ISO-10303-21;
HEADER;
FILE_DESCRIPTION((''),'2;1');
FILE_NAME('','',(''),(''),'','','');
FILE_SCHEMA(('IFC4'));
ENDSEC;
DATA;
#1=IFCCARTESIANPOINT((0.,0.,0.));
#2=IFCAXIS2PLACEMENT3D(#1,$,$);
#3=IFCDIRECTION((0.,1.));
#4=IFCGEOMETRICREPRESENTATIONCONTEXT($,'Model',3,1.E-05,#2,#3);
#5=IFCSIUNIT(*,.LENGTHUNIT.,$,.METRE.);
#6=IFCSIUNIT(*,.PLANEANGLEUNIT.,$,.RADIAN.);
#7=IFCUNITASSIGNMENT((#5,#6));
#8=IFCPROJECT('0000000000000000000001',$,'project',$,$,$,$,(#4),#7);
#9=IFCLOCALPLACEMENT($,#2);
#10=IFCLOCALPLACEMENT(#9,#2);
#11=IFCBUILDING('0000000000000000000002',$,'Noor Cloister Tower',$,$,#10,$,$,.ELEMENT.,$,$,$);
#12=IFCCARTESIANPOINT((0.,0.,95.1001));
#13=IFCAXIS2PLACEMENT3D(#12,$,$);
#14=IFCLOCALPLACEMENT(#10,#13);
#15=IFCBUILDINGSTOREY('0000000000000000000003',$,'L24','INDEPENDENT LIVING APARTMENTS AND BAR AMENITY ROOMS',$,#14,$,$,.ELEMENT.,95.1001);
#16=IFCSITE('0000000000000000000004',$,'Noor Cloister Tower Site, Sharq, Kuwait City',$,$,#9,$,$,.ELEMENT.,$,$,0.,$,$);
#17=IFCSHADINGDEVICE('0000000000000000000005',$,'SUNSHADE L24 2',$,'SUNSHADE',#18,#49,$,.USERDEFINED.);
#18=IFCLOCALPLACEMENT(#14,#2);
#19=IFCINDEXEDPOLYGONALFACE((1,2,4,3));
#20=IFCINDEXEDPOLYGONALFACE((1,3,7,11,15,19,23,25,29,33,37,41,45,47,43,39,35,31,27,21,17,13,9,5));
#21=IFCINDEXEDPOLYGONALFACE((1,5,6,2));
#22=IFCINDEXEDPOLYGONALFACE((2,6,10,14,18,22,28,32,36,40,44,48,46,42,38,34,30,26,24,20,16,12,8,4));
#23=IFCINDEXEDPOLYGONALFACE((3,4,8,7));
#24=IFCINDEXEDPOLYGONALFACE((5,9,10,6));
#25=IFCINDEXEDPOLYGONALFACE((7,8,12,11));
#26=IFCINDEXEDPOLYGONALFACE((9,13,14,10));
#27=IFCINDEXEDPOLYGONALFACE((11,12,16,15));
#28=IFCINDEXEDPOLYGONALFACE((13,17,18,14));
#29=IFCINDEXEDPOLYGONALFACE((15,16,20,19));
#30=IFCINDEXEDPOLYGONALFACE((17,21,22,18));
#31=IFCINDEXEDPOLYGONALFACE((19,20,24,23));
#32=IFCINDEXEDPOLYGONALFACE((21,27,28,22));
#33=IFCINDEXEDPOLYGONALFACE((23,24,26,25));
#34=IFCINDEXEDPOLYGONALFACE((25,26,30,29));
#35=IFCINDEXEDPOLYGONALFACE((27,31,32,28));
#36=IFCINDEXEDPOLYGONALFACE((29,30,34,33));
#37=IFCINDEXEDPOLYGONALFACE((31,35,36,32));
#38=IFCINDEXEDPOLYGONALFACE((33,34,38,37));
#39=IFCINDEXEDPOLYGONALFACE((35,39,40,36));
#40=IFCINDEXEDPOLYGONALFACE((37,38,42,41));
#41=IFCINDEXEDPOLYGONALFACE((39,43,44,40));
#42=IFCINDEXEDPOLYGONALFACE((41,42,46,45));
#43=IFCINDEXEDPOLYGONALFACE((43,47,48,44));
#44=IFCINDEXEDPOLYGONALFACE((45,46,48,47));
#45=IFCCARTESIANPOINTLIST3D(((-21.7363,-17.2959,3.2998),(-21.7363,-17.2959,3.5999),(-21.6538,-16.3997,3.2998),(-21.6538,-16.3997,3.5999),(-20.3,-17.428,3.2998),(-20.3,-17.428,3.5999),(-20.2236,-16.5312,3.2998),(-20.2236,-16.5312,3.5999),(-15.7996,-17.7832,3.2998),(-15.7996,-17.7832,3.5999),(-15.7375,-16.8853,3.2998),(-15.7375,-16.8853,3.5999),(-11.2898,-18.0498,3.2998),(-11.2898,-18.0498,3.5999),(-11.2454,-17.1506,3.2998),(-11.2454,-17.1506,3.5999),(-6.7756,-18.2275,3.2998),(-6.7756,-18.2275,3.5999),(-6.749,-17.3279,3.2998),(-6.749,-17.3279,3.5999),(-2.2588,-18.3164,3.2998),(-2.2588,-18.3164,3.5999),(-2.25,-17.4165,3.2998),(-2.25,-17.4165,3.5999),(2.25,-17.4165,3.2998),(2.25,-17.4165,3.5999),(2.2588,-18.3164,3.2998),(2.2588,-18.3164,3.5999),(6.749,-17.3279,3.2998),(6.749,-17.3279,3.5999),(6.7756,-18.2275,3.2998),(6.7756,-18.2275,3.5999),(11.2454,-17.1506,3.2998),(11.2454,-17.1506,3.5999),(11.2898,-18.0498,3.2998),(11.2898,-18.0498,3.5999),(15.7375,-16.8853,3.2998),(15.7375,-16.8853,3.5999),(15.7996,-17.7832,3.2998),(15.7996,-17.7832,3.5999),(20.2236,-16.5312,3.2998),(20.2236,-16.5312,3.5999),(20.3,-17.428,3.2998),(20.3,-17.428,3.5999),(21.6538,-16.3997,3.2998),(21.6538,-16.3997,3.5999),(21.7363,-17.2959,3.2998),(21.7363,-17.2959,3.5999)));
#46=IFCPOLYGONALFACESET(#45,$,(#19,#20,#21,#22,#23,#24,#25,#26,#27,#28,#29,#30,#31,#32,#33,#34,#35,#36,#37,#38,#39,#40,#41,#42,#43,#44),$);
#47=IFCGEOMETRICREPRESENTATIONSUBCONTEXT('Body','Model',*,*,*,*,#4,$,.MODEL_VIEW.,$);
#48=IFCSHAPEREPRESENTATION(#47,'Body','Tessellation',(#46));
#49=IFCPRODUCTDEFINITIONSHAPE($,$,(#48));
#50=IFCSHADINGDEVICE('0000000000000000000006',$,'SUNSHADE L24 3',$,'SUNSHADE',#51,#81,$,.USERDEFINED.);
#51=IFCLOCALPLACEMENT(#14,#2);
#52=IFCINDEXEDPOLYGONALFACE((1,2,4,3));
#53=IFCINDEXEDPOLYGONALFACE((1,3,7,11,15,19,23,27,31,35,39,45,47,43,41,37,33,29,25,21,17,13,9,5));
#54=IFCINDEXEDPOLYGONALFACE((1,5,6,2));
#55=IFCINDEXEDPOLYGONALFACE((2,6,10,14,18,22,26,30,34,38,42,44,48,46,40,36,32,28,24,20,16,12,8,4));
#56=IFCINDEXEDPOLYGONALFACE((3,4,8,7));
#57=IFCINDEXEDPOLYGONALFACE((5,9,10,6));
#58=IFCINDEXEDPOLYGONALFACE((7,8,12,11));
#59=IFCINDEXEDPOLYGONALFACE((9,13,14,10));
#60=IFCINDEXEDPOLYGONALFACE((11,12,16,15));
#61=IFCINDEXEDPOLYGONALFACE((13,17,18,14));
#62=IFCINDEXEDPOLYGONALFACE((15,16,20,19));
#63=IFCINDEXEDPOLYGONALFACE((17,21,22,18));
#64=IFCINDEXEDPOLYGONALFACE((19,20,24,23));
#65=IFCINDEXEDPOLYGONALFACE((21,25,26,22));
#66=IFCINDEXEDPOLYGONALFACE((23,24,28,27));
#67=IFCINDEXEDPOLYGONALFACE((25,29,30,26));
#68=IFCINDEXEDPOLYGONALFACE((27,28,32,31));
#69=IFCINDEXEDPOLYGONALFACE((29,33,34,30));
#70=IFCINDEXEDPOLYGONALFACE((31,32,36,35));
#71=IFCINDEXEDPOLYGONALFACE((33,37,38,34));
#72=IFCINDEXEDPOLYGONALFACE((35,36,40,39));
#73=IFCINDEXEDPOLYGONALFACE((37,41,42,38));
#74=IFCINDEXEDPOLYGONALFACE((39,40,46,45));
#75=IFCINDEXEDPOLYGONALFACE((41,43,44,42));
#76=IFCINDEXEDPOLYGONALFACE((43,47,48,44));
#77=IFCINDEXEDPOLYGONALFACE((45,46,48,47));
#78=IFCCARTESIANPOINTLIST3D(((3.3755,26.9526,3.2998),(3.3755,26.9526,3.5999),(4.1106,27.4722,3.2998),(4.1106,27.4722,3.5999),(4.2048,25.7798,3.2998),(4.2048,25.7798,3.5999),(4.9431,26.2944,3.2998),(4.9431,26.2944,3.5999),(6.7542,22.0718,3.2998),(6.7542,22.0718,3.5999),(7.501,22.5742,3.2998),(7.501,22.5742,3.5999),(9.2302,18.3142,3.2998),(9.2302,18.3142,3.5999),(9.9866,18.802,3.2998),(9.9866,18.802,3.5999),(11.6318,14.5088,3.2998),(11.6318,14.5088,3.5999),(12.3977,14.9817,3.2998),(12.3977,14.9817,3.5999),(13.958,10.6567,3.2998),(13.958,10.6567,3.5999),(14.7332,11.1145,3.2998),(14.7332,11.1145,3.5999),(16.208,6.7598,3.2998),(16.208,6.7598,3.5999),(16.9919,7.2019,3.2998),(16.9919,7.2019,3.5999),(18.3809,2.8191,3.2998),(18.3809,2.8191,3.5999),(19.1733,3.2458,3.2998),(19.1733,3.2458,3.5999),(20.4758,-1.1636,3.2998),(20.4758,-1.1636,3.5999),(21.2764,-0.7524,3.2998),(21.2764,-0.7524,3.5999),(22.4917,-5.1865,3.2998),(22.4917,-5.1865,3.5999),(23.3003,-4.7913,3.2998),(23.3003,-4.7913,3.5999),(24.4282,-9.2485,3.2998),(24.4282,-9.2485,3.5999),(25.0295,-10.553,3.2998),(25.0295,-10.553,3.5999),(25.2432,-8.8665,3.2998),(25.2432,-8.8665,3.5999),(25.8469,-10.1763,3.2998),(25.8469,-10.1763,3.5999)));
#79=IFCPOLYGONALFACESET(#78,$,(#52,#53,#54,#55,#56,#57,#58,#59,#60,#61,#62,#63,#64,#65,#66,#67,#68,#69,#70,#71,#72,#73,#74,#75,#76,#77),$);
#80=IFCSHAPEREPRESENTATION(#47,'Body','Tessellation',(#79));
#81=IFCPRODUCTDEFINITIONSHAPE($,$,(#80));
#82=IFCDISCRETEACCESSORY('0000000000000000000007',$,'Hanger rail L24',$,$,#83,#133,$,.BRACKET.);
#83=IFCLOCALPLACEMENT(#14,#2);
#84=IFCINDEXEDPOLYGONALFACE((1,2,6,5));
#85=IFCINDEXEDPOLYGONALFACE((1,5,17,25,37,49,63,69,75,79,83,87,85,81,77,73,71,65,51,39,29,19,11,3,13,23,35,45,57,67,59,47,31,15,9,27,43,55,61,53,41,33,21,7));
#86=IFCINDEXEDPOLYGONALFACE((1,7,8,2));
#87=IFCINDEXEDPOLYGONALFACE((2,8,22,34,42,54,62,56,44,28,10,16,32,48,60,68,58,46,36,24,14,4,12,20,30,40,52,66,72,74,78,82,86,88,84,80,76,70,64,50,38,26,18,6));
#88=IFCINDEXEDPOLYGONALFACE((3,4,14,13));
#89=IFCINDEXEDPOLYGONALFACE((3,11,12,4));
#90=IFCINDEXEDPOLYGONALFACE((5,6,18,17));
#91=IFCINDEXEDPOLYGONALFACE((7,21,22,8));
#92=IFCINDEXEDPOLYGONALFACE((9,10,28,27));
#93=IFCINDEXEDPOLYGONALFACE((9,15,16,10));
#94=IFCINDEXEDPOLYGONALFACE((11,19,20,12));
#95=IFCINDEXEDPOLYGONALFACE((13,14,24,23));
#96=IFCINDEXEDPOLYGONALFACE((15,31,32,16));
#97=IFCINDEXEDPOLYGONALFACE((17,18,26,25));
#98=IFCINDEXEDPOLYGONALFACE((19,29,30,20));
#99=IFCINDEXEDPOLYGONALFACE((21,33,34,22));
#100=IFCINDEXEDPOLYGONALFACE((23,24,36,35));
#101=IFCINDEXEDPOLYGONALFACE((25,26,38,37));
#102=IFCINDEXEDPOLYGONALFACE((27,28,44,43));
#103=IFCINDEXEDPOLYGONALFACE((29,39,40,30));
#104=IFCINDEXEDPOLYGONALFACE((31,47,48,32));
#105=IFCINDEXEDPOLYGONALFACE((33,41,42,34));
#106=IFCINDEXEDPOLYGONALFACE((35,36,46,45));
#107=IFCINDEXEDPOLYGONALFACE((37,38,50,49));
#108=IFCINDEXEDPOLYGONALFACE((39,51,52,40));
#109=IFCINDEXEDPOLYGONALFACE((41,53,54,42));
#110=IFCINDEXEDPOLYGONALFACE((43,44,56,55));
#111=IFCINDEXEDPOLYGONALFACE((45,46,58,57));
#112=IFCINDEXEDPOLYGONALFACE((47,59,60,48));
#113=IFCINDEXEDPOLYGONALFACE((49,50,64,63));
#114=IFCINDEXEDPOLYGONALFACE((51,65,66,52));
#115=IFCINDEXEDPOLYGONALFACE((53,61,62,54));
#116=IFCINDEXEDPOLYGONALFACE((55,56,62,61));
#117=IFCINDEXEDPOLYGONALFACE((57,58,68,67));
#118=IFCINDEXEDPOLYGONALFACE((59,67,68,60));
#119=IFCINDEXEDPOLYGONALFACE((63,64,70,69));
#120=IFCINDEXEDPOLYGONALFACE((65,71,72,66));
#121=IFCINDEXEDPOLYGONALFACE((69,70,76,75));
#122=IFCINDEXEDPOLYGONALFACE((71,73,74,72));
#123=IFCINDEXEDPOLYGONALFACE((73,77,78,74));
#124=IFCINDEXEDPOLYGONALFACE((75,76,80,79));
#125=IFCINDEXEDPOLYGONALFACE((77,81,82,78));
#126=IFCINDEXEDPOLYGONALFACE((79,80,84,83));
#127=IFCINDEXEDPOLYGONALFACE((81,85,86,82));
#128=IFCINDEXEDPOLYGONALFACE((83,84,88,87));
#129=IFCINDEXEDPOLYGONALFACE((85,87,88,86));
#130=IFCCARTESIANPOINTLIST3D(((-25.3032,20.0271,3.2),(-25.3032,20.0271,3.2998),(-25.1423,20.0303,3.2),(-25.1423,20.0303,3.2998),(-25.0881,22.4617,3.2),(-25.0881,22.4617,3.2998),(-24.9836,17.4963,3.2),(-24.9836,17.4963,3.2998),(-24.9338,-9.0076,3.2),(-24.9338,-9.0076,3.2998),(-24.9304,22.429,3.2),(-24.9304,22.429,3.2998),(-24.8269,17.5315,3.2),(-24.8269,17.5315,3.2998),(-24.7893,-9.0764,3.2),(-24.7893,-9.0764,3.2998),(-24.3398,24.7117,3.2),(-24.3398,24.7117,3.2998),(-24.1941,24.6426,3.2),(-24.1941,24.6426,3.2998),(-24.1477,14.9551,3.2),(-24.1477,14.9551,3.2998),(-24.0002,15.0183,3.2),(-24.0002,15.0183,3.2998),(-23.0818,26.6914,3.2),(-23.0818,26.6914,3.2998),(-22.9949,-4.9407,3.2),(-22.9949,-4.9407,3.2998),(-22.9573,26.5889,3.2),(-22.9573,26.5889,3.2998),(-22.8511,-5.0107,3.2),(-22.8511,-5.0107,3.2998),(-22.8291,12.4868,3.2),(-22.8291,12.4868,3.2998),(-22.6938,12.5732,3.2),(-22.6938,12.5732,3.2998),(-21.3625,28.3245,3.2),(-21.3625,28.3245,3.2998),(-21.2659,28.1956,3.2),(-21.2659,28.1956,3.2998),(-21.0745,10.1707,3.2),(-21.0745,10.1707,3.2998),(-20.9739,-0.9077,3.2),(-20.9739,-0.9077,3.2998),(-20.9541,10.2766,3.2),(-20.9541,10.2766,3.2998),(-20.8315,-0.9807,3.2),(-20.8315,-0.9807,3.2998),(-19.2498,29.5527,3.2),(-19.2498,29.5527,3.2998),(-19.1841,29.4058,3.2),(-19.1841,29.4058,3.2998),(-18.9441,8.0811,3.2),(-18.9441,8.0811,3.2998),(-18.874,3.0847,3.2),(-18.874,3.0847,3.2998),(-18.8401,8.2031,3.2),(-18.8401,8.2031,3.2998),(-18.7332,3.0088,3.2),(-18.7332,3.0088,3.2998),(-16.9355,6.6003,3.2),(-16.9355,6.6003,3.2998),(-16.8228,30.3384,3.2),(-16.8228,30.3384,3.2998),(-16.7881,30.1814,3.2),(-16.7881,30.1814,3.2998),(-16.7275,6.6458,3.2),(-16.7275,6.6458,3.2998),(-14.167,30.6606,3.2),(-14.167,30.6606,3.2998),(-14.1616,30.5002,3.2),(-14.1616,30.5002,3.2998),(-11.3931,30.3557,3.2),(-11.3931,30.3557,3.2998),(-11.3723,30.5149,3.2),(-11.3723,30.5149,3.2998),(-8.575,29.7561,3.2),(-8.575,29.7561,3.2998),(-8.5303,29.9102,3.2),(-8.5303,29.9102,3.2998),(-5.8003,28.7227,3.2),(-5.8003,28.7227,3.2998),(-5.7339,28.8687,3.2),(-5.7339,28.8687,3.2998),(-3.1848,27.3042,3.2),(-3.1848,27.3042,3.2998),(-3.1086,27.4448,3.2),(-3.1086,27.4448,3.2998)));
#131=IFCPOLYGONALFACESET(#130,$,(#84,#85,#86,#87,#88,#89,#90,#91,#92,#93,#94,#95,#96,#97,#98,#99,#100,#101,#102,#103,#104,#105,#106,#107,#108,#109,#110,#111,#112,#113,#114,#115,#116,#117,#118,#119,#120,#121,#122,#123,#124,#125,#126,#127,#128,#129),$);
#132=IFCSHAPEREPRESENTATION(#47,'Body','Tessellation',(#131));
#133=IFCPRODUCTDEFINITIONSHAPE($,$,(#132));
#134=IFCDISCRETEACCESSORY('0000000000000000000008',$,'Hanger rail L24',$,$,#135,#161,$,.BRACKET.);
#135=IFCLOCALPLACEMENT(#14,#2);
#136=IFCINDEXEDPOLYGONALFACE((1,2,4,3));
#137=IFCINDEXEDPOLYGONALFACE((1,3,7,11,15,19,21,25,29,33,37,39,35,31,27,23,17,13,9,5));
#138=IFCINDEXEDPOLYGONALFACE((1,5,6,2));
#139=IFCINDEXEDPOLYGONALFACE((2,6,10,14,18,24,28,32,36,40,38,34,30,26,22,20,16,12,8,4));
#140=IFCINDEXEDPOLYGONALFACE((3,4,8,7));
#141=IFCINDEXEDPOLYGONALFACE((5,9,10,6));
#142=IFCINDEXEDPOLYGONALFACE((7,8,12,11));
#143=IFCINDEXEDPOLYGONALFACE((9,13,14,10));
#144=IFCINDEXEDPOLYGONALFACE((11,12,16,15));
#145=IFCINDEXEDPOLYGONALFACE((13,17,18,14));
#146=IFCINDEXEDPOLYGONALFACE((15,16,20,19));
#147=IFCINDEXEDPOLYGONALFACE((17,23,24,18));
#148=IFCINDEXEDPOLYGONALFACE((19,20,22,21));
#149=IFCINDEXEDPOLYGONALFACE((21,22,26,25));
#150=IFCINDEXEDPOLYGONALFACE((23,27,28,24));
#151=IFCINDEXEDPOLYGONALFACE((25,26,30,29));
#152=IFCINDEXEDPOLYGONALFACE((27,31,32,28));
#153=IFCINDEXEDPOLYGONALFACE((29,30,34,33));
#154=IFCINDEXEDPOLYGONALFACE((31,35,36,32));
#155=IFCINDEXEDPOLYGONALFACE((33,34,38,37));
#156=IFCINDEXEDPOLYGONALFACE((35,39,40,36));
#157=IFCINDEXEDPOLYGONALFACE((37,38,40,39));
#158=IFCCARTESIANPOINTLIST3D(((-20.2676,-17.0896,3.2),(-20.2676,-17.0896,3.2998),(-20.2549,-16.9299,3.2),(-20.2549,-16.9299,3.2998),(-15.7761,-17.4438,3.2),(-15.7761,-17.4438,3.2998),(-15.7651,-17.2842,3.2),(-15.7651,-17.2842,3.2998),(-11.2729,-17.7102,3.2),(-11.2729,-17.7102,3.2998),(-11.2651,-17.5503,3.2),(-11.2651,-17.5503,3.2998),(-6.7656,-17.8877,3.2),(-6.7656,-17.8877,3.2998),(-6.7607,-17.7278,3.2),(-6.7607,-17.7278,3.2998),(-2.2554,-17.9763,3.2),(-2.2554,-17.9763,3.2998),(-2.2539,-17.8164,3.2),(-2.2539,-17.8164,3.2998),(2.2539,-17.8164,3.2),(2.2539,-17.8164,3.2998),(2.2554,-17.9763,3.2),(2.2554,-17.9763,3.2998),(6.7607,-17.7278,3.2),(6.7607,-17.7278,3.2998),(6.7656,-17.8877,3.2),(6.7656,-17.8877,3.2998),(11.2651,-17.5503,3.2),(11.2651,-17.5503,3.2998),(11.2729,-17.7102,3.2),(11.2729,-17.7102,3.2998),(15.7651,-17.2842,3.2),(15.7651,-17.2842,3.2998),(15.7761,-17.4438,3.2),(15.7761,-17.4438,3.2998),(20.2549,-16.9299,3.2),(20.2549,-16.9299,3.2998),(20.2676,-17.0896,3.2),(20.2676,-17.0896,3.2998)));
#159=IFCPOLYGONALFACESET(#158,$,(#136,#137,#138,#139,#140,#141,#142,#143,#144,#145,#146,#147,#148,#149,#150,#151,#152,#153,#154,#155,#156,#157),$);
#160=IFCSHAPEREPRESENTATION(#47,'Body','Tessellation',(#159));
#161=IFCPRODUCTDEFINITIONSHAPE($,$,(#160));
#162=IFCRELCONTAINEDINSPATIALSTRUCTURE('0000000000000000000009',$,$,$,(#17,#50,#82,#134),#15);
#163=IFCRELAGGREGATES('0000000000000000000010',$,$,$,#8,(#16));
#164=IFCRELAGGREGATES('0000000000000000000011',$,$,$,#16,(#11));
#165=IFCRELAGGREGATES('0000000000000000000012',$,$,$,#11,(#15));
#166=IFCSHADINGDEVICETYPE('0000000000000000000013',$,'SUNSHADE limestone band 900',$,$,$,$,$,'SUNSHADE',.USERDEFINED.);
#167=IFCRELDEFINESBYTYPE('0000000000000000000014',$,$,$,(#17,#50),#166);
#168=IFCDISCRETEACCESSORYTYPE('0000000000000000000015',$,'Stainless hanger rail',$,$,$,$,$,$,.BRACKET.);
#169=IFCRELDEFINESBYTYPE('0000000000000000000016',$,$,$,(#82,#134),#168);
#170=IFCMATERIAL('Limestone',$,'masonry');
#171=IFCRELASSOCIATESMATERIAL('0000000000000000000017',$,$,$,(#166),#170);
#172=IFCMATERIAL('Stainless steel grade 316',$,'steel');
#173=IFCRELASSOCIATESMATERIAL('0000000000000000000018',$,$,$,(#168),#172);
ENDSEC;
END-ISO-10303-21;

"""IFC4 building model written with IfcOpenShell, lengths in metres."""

from ifc_helpers import new_model, si_unit, direction, frame, origin, place, context, subcontext, project, spatial, polyline, outline, extrude, material, type_object, element, save


model = new_model("IFC4")

# Units and contexts
model_context = context("Model", 3, precision=1e-05, world=origin(), true_north=direction((0.0, 1.0)))
body_context = subcontext(model_context, "Body", "Model", "MODEL_VIEW")
ifc_project = project(units=[si_unit("LENGTHUNIT", "METRE"), si_unit("PLANEANGLEUNIT", "RADIAN")], contexts=[model_context])

# Site, building, storey
site_placement = place(None, origin())
site = spatial("IfcSite", under=ifc_project, at=site_placement, Name="Noor Cloister Tower Site, Sharq, Kuwait City", CompositionType="ELEMENT", RefElevation=0.0)
building_placement = place(site_placement, origin())
building = spatial("IfcBuilding", under=site, at=building_placement, Name="Noor Cloister Tower", CompositionType="ELEMENT")
storey_placement = place(building_placement, frame((0.0, 0.0, 95.1001)))
storey = spatial("IfcBuildingStorey", under=building, at=storey_placement, Name="L24", Description="INDEPENDENT LIVING APARTMENTS AND BAR AMENITY ROOMS", CompositionType="ELEMENT", Elevation=95.1001)

# Shading devices
ifc_material_1 = material(Name="Limestone", Category="masonry")
shading_device_type = type_object("IfcShadingDeviceType", Name="SUNSHADE limestone band 900", ElementType="SUNSHADE", PredefinedType="USERDEFINED", material=ifc_material_1)
shading_device_1_placement = place(storey_placement, frame((0.0, 0.0, 3.2998)))
element("IfcShadingDevice", 1, at=shading_device_1_placement, inside=storey, type_object=shading_device_type, Name="SUNSHADE L24 2", ObjectType="SUNSHADE", PredefinedType="USERDEFINED", context=body_context, shape_type="SweptSolid", body=[
    extrude(outline(polyline([(-21.7363, -17.2959), (-20.3, -17.428), (-15.7996, -17.7832), (-11.2898, -18.0498), (-6.7756, -18.2275), (-2.2588, -18.3164), (2.2588, -18.3164), (6.7756, -18.2275), (11.2898, -18.0498), (15.7996, -17.7832), (20.3, -17.428), (21.7363, -17.2959), (21.6538, -16.3997), (20.2236, -16.5312), (15.7375, -16.8853), (11.2454, -17.1506), (6.749, -17.3279), (2.25, -17.4165), (-2.25, -17.4165), (-6.749, -17.3279), (-11.2454, -17.1506), (-15.7375, -16.8853), (-20.2236, -16.5312), (-21.6538, -16.3997), (-21.7363, -17.2959)])), origin(), (0.0, 0.0, 1.0), 0.3),
])
shading_device_2_placement = place(storey_placement, frame((0.0, 0.0, 3.2998)))
element("IfcShadingDevice", 2, at=shading_device_2_placement, inside=storey, type_object=shading_device_type, Name="SUNSHADE L24 3", ObjectType="SUNSHADE", PredefinedType="USERDEFINED", context=body_context, shape_type="SweptSolid", body=[
    extrude(outline(polyline([(25.8469, -10.1763), (25.2432, -8.8665), (23.3003, -4.7913), (21.2764, -0.7524), (19.1733, 3.2458), (16.9919, 7.2019), (14.7332, 11.1145), (12.3977, 14.9817), (9.9866, 18.802), (7.501, 22.5742), (4.9431, 26.2944), (4.1106, 27.4722), (3.3755, 26.9526), (4.2048, 25.7798), (6.7542, 22.0718), (9.2302, 18.3142), (11.6318, 14.5088), (13.958, 10.6567), (16.208, 6.7598), (18.3809, 2.8191), (20.4758, -1.1636), (22.4917, -5.1865), (24.4282, -9.2485), (25.0295, -10.553), (25.8469, -10.1763)])), origin(), (0.0, 0.0, 1.0), 0.3),
])

# Discrete accessories
ifc_material_2 = material(Name="Stainless steel grade 316", Category="steel")
discrete_accessory_type = type_object("IfcDiscreteAccessoryType", Name="Stainless hanger rail", PredefinedType="BRACKET", material=ifc_material_2)
discrete_accessory_1_placement = place(storey_placement, frame((0.0, 0.0, 3.2)))
element("IfcDiscreteAccessory", 3, at=discrete_accessory_1_placement, inside=storey, type_object=discrete_accessory_type, Name="Hanger rail L24", PredefinedType="BRACKET", context=body_context, shape_type="SweptSolid", body=[
    extrude(outline(polyline([(-3.1086, 27.4448), (-5.7339, 28.8687), (-8.5303, 29.9102), (-11.3723, 30.5149), (-14.167, 30.6606), (-16.8228, 30.3384), (-19.2498, 29.5527), (-21.3625, 28.3245), (-23.0818, 26.6914), (-24.3398, 24.7117), (-25.0881, 22.4617), (-25.3032, 20.0271), (-24.9836, 17.4963), (-24.1477, 14.9551), (-22.8291, 12.4868), (-21.0745, 10.1707), (-18.9441, 8.0811), (-16.9355, 6.6003), (-18.874, 3.0847), (-20.9739, -0.9077), (-22.9949, -4.9407), (-24.9338, -9.0076), (-24.7893, -9.0764), (-22.8511, -5.0107), (-20.8315, -0.9807), (-18.7332, 3.0088), (-16.7275, 6.6458), (-18.8401, 8.2031), (-20.9541, 10.2766), (-22.6938, 12.5732), (-24.0002, 15.0183), (-24.8269, 17.5315), (-25.1423, 20.0303), (-24.9304, 22.429), (-24.1941, 24.6426), (-22.9573, 26.5889), (-21.2659, 28.1956), (-19.1841, 29.4058), (-16.7881, 30.1814), (-14.1616, 30.5002), (-11.3931, 30.3557), (-8.575, 29.7561), (-5.8003, 28.7227), (-3.1848, 27.3042), (-3.1086, 27.4448)])), origin(), (0.0, 0.0, 1.0), 0.0999),
])
discrete_accessory_2_placement = place(storey_placement, frame((0.0, 0.0, 3.2)))
element("IfcDiscreteAccessory", 4, at=discrete_accessory_2_placement, inside=storey, type_object=discrete_accessory_type, Name="Hanger rail L24", PredefinedType="BRACKET", context=body_context, shape_type="SweptSolid", body=[
    extrude(outline(polyline([(-20.2676, -17.0896), (-15.7761, -17.4438), (-11.2729, -17.7102), (-6.7656, -17.8877), (-2.2554, -17.9763), (2.2554, -17.9763), (6.7656, -17.8877), (11.2729, -17.7102), (15.7761, -17.4438), (20.2676, -17.0896), (20.2549, -16.9299), (15.7651, -17.2842), (11.2651, -17.5503), (6.7607, -17.7278), (2.2539, -17.8164), (-2.2539, -17.8164), (-6.7607, -17.7278), (-11.2651, -17.5503), (-15.7651, -17.2842), (-20.2549, -16.9299), (-20.2676, -17.0896)])), origin(), (0.0, 0.0, 1.0), 0.0999),
])

save(model, "model.ifc")
